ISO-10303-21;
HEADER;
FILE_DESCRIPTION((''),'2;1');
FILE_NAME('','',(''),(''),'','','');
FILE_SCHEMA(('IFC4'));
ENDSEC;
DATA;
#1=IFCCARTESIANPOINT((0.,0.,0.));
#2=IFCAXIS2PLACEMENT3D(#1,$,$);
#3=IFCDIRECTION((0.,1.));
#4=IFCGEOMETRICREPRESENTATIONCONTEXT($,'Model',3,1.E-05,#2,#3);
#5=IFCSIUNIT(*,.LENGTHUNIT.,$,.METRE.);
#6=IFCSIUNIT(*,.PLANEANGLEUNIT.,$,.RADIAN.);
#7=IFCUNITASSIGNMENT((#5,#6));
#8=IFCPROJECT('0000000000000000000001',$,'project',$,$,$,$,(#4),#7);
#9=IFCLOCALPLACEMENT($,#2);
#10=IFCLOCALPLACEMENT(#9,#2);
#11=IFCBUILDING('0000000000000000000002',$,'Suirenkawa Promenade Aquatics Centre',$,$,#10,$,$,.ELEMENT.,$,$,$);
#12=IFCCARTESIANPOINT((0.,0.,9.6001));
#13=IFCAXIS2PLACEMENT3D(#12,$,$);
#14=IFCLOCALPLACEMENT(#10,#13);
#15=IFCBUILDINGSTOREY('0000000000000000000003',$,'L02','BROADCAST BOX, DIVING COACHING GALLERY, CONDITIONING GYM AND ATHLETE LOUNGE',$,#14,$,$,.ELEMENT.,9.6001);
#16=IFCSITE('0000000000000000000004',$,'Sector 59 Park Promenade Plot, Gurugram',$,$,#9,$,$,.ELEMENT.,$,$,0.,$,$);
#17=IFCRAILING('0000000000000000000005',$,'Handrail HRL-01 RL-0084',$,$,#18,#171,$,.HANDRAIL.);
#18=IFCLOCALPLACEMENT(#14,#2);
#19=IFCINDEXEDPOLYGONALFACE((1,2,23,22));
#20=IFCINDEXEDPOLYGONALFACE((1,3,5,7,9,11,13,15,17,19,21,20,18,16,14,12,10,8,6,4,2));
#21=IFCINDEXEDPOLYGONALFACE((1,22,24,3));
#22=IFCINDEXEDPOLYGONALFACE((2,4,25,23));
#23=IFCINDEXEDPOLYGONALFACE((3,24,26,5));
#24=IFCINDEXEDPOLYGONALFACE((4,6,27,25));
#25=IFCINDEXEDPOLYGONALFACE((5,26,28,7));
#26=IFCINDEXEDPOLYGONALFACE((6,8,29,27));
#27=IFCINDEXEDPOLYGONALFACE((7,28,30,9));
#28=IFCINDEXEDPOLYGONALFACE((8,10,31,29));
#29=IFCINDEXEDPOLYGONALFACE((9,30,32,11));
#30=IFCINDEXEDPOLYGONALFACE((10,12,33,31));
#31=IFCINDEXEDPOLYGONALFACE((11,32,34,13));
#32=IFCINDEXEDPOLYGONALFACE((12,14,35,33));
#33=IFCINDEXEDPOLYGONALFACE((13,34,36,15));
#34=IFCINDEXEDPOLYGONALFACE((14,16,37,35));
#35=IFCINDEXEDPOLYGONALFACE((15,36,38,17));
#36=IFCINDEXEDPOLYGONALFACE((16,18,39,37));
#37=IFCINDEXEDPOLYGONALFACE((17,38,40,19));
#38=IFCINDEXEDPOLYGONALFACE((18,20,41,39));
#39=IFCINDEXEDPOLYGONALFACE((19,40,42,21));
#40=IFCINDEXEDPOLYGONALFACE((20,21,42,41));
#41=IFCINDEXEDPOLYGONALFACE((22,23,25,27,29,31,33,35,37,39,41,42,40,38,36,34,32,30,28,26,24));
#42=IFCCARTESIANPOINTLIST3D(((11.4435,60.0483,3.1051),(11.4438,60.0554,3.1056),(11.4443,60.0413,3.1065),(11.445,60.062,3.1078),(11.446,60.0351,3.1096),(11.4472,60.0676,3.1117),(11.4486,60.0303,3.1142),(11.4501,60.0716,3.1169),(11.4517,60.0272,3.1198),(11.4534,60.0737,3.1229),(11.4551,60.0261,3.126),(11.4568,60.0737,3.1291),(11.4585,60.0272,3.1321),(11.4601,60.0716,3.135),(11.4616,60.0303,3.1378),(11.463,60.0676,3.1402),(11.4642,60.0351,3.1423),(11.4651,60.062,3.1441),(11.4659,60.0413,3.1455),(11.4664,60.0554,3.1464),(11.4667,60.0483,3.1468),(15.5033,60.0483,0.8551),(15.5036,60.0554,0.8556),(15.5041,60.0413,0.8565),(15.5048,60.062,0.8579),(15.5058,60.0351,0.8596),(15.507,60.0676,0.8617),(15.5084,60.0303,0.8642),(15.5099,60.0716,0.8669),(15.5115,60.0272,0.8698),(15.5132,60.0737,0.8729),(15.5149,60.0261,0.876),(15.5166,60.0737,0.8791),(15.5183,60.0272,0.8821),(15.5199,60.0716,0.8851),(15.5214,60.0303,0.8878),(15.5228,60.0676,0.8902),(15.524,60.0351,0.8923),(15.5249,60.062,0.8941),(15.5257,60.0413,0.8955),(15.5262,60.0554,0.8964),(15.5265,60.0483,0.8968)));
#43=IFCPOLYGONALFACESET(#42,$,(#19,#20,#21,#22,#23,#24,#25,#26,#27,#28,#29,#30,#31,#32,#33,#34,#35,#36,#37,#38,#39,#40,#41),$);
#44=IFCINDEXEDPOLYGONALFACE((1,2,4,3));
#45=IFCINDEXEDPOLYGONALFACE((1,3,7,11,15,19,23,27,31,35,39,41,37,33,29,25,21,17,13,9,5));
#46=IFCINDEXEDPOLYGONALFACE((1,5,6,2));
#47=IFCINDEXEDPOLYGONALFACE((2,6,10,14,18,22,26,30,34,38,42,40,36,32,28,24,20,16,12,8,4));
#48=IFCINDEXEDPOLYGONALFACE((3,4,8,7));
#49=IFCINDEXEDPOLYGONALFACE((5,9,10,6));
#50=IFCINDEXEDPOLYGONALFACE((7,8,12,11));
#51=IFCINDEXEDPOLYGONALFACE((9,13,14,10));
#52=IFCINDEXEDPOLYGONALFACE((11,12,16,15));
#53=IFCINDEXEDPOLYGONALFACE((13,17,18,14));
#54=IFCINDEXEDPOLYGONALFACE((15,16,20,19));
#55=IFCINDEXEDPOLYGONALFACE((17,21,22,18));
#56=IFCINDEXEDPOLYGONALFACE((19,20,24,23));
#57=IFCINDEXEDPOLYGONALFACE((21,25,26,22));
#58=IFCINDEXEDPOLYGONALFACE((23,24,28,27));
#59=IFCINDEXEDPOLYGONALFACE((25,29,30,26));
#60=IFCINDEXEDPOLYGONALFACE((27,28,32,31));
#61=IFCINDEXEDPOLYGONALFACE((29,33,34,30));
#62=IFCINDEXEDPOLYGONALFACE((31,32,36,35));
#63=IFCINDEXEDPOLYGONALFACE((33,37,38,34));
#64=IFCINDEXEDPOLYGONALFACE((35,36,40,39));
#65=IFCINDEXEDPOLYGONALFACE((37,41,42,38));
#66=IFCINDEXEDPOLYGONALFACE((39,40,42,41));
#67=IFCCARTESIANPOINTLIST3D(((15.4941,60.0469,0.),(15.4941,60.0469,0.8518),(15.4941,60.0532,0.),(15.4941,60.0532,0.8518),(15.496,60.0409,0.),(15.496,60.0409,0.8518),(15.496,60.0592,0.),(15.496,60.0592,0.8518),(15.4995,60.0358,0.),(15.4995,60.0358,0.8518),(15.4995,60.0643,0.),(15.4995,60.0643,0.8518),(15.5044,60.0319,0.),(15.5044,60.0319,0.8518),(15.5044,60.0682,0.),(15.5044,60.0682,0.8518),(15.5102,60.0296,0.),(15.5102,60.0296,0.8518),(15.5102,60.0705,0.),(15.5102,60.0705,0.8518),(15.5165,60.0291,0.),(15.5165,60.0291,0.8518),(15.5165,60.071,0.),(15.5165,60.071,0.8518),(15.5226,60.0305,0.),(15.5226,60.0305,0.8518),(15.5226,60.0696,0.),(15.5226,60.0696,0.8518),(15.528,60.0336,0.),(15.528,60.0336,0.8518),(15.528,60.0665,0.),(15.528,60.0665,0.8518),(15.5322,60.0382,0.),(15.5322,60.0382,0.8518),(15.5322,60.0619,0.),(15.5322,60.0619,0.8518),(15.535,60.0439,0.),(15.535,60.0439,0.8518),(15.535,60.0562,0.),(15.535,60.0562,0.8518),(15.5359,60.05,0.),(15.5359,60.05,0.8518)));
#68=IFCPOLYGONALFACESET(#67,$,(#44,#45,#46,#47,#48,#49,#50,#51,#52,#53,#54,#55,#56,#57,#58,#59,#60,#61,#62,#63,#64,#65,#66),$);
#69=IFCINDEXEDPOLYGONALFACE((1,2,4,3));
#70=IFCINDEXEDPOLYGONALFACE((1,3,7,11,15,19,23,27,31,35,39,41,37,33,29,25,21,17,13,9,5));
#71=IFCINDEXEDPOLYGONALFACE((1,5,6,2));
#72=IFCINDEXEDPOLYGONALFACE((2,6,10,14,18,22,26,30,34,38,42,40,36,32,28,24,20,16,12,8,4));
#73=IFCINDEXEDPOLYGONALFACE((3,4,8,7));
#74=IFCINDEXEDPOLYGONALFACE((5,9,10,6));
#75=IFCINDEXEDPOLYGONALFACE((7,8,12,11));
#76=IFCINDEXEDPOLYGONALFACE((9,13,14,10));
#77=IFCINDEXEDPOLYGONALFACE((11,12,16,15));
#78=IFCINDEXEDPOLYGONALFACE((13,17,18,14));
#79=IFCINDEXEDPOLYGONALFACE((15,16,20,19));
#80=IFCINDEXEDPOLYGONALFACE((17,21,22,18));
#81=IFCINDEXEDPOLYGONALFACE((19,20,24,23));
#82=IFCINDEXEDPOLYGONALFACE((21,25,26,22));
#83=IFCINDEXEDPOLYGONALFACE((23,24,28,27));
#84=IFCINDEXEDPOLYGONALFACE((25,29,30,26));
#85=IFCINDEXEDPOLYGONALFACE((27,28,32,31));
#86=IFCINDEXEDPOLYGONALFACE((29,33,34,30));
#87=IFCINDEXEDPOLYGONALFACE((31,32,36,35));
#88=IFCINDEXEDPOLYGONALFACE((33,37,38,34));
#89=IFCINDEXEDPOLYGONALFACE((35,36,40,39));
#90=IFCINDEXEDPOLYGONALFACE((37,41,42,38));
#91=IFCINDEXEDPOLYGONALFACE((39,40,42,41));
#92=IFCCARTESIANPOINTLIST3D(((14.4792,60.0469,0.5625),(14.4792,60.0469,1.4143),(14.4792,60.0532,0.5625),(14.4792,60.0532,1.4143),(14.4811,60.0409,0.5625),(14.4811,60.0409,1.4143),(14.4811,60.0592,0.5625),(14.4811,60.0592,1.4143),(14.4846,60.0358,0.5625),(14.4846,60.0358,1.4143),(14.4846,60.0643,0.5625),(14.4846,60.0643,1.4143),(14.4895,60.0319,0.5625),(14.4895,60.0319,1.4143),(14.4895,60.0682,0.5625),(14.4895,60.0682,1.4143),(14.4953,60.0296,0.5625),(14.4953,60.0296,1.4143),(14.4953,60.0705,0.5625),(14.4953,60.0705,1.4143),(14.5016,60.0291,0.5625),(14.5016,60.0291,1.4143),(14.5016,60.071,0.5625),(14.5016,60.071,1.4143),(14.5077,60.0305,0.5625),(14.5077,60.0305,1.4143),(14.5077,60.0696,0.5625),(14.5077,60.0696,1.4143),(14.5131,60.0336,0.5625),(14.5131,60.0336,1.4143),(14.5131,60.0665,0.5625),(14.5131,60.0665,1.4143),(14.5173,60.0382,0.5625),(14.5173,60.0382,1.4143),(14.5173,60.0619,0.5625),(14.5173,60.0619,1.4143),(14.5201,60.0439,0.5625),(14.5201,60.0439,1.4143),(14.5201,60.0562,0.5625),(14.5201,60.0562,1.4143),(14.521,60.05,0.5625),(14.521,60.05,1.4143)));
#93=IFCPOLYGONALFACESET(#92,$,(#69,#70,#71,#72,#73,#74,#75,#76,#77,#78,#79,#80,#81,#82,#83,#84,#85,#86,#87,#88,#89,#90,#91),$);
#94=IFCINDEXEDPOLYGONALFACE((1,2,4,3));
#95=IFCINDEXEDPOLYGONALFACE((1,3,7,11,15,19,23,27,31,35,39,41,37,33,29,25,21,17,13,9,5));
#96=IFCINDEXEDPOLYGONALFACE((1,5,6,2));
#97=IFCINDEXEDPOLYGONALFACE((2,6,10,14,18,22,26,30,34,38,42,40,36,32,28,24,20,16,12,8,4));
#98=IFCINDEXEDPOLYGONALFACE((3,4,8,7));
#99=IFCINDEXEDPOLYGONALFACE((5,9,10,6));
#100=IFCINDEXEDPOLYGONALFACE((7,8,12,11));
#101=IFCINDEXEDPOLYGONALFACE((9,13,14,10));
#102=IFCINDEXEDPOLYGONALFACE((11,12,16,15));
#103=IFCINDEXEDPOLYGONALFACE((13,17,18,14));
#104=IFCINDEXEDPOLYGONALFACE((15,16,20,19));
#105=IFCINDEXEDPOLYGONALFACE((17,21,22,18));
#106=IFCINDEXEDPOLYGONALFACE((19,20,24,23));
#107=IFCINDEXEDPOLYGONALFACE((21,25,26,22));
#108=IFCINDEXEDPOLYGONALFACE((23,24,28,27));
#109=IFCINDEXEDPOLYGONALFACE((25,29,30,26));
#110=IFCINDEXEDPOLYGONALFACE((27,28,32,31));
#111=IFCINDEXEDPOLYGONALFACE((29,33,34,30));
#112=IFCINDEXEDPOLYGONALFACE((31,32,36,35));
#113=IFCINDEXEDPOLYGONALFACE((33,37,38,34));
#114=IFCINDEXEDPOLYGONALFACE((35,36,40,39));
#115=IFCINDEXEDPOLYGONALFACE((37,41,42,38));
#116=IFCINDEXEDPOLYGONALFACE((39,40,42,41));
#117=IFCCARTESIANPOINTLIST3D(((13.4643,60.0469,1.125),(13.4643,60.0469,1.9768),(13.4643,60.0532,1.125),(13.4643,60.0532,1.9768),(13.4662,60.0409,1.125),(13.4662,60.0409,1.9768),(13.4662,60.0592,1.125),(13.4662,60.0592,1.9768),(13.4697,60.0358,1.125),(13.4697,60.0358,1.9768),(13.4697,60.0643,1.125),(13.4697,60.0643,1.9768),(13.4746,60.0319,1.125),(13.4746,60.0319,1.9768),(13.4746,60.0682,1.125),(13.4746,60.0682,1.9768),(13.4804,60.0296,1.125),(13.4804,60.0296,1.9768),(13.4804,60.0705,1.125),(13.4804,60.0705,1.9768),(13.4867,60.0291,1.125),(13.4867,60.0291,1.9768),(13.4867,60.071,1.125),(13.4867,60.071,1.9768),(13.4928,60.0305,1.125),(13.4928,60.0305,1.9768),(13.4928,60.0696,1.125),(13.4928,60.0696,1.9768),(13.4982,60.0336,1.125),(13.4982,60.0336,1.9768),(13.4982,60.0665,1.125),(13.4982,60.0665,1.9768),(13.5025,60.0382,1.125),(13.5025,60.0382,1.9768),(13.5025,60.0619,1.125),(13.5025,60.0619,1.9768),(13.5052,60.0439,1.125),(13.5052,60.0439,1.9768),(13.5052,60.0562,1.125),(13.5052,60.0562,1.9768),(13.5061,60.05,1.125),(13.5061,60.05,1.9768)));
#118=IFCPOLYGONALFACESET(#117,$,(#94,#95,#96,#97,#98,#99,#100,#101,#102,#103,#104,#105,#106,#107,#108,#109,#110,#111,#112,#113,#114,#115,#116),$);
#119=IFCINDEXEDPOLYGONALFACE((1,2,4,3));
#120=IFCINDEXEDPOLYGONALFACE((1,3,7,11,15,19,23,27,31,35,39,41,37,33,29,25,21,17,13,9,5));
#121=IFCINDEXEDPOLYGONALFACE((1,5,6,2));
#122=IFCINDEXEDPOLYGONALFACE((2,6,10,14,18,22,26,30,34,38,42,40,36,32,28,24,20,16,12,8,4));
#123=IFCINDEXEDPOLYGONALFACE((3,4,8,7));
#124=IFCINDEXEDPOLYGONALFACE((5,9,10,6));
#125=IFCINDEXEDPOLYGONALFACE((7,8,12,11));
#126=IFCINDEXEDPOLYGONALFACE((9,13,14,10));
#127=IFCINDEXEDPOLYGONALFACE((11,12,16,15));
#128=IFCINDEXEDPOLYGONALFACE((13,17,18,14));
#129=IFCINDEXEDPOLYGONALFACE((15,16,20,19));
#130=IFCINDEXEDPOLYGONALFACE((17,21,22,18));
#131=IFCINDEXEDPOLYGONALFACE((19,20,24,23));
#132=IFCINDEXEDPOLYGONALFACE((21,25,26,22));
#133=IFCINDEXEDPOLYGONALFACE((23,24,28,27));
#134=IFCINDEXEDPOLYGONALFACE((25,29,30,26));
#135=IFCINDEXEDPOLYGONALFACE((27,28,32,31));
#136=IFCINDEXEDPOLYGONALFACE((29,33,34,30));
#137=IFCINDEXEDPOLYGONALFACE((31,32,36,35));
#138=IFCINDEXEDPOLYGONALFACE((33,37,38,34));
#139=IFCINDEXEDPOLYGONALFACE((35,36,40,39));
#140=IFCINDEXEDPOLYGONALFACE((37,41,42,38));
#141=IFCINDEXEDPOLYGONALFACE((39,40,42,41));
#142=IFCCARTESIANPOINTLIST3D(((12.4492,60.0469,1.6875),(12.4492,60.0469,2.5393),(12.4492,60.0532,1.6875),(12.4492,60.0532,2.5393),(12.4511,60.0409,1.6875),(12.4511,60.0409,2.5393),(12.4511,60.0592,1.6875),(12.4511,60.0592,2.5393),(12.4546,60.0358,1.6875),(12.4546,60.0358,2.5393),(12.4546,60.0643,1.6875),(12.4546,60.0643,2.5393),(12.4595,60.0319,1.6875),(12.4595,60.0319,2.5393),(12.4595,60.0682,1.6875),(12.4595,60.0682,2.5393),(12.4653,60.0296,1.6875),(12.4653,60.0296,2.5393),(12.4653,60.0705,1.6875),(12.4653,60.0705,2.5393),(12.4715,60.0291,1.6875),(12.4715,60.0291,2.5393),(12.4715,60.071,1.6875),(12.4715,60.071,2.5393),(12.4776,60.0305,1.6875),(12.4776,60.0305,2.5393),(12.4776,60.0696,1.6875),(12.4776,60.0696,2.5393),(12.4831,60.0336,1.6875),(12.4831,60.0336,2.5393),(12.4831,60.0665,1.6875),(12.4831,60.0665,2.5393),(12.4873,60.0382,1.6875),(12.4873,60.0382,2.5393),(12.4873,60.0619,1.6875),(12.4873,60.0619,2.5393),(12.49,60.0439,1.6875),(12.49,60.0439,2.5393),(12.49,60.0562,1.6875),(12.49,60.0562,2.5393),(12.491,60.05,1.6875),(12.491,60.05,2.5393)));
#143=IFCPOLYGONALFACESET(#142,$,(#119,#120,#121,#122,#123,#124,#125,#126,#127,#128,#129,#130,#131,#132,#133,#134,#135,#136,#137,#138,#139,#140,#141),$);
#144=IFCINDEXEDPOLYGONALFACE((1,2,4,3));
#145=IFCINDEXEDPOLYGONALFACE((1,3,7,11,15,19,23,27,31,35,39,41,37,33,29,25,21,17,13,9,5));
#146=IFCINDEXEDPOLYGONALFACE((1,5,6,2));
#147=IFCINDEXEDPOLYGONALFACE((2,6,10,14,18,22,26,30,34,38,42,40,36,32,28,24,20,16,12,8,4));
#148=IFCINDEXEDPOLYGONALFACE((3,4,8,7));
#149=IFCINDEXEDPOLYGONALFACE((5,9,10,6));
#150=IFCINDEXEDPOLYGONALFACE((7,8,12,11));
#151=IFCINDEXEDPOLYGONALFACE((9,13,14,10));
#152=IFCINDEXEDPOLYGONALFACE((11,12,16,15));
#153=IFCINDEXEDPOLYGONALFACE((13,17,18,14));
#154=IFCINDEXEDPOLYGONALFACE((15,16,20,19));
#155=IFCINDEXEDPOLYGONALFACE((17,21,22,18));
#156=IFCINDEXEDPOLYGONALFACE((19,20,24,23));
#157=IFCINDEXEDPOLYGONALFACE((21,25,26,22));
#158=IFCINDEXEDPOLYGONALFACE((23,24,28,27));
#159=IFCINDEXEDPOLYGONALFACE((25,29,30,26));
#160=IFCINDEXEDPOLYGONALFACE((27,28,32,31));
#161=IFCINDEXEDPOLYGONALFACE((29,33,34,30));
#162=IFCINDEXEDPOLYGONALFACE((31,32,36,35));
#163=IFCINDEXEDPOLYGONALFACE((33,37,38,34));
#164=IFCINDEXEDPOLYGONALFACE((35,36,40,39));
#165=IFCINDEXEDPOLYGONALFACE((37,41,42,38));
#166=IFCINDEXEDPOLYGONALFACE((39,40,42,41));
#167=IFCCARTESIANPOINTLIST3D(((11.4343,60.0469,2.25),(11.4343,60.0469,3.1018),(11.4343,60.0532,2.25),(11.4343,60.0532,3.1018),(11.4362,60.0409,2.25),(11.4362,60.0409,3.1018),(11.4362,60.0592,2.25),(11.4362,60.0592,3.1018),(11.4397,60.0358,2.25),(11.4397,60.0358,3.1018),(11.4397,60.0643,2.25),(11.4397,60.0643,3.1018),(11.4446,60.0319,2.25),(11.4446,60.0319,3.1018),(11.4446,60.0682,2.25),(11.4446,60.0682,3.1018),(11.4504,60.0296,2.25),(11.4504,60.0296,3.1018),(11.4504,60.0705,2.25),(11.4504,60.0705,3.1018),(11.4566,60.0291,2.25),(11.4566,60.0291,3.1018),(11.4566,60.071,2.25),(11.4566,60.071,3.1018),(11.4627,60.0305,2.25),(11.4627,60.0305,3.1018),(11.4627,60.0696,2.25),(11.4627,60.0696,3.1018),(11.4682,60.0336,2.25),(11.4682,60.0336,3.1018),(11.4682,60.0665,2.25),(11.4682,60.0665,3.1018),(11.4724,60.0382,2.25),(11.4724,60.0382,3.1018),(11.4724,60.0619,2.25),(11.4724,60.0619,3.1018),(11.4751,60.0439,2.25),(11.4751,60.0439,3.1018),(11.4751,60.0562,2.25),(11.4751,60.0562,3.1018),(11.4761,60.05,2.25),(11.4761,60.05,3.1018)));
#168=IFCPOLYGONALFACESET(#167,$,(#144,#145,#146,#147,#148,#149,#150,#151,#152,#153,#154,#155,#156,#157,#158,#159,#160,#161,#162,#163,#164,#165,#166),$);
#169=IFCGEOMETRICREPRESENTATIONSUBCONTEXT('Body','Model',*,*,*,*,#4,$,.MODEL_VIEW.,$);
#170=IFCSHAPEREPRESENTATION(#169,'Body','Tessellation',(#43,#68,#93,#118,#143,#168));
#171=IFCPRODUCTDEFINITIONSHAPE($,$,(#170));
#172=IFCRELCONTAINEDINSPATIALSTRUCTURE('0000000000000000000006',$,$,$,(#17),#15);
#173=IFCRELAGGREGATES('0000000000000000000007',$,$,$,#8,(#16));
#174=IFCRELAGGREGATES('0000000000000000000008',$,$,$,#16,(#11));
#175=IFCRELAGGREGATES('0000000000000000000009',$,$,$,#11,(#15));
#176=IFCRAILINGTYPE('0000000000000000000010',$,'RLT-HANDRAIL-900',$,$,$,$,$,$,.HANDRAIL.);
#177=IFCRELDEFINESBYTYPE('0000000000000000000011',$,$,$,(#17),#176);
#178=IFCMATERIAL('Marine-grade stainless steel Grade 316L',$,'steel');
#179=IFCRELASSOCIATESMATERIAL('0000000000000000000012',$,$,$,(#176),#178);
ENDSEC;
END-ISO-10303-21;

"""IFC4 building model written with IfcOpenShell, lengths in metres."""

from ifc_helpers import new_model, si_unit, direction, frame, origin, origin_2d, place, context, subcontext, project, spatial, circle, extrude, material, type_object, element, save


model = new_model("IFC4")

# Units and contexts
model_context = context("Model", 3, precision=1e-05, world=origin(), true_north=direction((0.0, 1.0)))
body_context = subcontext(model_context, "Body", "Model", "MODEL_VIEW")
ifc_project = project(units=[si_unit("LENGTHUNIT", "METRE"), si_unit("PLANEANGLEUNIT", "RADIAN")], contexts=[model_context])

# Site, building, storey
site_placement = place(None, origin())
site = spatial("IfcSite", under=ifc_project, at=site_placement, Name="Sector 59 Park Promenade Plot, Gurugram", CompositionType="ELEMENT", RefElevation=0.0)
building_placement = place(site_placement, origin())
building = spatial("IfcBuilding", under=site, at=building_placement, Name="Suirenkawa Promenade Aquatics Centre", CompositionType="ELEMENT")
storey_placement = place(building_placement, frame((0.0, 0.0, 9.6001)))
storey = spatial("IfcBuildingStorey", under=building, at=storey_placement, Name="L02", Description="BROADCAST BOX, DIVING COACHING GALLERY, CONDITIONING GYM AND ATHLETE LOUNGE", CompositionType="ELEMENT", Elevation=9.6001)

# Railing
ifc_material_1 = material(Name="Marine-grade stainless steel Grade 316L", Category="steel")
railing_type_1 = type_object("IfcRailingType", Name="RLT-HANDRAIL-900", PredefinedType="HANDRAIL", material=ifc_material_1)
for number, where, name in (
    (1, (15.5149, 60.05, 0.0), "Handrail HRL-01 RL-0084"),
):
    element("IfcRailing", number, at=place(storey_placement, frame(where)), inside=storey, type_object=railing_type_1, Name=name, PredefinedType="HANDRAIL", context=body_context, shape_type="SweptSolid", body=[
        extrude(circle(Radius=0.0239, at=origin_2d()), frame((0.0, 0.0, 0.876), z_axis=(-0.874656, 0.0, 0.484745), x_axis=(0.0, -1.0, 0.0)), (0.0, 0.0, 1.0), 4.6416),
        extrude(circle(Radius=0.021, at=origin_2d()), origin(), (0.0, 0.0, 1.0), 0.8518),
        extrude(circle(Radius=0.021, at=origin_2d()), frame((-1.0149, 0.0, 0.5625)), (0.0, 0.0, 1.0), 0.8518),
        extrude(circle(Radius=0.021, at=origin_2d()), frame((-2.0298, 0.0, 1.125)), (0.0, 0.0, 1.0), 0.8518),
        extrude(circle(Radius=0.021, at=origin_2d()), frame((-3.0449, 0.0, 1.6875)), (0.0, 0.0, 1.0), 0.8518),
        extrude(circle(Radius=0.021, at=origin_2d()), frame((-4.0598, 0.0, 2.25)), (0.0, 0.0, 1.0), 0.8518),
    ])

save(model, "model.ifc")
